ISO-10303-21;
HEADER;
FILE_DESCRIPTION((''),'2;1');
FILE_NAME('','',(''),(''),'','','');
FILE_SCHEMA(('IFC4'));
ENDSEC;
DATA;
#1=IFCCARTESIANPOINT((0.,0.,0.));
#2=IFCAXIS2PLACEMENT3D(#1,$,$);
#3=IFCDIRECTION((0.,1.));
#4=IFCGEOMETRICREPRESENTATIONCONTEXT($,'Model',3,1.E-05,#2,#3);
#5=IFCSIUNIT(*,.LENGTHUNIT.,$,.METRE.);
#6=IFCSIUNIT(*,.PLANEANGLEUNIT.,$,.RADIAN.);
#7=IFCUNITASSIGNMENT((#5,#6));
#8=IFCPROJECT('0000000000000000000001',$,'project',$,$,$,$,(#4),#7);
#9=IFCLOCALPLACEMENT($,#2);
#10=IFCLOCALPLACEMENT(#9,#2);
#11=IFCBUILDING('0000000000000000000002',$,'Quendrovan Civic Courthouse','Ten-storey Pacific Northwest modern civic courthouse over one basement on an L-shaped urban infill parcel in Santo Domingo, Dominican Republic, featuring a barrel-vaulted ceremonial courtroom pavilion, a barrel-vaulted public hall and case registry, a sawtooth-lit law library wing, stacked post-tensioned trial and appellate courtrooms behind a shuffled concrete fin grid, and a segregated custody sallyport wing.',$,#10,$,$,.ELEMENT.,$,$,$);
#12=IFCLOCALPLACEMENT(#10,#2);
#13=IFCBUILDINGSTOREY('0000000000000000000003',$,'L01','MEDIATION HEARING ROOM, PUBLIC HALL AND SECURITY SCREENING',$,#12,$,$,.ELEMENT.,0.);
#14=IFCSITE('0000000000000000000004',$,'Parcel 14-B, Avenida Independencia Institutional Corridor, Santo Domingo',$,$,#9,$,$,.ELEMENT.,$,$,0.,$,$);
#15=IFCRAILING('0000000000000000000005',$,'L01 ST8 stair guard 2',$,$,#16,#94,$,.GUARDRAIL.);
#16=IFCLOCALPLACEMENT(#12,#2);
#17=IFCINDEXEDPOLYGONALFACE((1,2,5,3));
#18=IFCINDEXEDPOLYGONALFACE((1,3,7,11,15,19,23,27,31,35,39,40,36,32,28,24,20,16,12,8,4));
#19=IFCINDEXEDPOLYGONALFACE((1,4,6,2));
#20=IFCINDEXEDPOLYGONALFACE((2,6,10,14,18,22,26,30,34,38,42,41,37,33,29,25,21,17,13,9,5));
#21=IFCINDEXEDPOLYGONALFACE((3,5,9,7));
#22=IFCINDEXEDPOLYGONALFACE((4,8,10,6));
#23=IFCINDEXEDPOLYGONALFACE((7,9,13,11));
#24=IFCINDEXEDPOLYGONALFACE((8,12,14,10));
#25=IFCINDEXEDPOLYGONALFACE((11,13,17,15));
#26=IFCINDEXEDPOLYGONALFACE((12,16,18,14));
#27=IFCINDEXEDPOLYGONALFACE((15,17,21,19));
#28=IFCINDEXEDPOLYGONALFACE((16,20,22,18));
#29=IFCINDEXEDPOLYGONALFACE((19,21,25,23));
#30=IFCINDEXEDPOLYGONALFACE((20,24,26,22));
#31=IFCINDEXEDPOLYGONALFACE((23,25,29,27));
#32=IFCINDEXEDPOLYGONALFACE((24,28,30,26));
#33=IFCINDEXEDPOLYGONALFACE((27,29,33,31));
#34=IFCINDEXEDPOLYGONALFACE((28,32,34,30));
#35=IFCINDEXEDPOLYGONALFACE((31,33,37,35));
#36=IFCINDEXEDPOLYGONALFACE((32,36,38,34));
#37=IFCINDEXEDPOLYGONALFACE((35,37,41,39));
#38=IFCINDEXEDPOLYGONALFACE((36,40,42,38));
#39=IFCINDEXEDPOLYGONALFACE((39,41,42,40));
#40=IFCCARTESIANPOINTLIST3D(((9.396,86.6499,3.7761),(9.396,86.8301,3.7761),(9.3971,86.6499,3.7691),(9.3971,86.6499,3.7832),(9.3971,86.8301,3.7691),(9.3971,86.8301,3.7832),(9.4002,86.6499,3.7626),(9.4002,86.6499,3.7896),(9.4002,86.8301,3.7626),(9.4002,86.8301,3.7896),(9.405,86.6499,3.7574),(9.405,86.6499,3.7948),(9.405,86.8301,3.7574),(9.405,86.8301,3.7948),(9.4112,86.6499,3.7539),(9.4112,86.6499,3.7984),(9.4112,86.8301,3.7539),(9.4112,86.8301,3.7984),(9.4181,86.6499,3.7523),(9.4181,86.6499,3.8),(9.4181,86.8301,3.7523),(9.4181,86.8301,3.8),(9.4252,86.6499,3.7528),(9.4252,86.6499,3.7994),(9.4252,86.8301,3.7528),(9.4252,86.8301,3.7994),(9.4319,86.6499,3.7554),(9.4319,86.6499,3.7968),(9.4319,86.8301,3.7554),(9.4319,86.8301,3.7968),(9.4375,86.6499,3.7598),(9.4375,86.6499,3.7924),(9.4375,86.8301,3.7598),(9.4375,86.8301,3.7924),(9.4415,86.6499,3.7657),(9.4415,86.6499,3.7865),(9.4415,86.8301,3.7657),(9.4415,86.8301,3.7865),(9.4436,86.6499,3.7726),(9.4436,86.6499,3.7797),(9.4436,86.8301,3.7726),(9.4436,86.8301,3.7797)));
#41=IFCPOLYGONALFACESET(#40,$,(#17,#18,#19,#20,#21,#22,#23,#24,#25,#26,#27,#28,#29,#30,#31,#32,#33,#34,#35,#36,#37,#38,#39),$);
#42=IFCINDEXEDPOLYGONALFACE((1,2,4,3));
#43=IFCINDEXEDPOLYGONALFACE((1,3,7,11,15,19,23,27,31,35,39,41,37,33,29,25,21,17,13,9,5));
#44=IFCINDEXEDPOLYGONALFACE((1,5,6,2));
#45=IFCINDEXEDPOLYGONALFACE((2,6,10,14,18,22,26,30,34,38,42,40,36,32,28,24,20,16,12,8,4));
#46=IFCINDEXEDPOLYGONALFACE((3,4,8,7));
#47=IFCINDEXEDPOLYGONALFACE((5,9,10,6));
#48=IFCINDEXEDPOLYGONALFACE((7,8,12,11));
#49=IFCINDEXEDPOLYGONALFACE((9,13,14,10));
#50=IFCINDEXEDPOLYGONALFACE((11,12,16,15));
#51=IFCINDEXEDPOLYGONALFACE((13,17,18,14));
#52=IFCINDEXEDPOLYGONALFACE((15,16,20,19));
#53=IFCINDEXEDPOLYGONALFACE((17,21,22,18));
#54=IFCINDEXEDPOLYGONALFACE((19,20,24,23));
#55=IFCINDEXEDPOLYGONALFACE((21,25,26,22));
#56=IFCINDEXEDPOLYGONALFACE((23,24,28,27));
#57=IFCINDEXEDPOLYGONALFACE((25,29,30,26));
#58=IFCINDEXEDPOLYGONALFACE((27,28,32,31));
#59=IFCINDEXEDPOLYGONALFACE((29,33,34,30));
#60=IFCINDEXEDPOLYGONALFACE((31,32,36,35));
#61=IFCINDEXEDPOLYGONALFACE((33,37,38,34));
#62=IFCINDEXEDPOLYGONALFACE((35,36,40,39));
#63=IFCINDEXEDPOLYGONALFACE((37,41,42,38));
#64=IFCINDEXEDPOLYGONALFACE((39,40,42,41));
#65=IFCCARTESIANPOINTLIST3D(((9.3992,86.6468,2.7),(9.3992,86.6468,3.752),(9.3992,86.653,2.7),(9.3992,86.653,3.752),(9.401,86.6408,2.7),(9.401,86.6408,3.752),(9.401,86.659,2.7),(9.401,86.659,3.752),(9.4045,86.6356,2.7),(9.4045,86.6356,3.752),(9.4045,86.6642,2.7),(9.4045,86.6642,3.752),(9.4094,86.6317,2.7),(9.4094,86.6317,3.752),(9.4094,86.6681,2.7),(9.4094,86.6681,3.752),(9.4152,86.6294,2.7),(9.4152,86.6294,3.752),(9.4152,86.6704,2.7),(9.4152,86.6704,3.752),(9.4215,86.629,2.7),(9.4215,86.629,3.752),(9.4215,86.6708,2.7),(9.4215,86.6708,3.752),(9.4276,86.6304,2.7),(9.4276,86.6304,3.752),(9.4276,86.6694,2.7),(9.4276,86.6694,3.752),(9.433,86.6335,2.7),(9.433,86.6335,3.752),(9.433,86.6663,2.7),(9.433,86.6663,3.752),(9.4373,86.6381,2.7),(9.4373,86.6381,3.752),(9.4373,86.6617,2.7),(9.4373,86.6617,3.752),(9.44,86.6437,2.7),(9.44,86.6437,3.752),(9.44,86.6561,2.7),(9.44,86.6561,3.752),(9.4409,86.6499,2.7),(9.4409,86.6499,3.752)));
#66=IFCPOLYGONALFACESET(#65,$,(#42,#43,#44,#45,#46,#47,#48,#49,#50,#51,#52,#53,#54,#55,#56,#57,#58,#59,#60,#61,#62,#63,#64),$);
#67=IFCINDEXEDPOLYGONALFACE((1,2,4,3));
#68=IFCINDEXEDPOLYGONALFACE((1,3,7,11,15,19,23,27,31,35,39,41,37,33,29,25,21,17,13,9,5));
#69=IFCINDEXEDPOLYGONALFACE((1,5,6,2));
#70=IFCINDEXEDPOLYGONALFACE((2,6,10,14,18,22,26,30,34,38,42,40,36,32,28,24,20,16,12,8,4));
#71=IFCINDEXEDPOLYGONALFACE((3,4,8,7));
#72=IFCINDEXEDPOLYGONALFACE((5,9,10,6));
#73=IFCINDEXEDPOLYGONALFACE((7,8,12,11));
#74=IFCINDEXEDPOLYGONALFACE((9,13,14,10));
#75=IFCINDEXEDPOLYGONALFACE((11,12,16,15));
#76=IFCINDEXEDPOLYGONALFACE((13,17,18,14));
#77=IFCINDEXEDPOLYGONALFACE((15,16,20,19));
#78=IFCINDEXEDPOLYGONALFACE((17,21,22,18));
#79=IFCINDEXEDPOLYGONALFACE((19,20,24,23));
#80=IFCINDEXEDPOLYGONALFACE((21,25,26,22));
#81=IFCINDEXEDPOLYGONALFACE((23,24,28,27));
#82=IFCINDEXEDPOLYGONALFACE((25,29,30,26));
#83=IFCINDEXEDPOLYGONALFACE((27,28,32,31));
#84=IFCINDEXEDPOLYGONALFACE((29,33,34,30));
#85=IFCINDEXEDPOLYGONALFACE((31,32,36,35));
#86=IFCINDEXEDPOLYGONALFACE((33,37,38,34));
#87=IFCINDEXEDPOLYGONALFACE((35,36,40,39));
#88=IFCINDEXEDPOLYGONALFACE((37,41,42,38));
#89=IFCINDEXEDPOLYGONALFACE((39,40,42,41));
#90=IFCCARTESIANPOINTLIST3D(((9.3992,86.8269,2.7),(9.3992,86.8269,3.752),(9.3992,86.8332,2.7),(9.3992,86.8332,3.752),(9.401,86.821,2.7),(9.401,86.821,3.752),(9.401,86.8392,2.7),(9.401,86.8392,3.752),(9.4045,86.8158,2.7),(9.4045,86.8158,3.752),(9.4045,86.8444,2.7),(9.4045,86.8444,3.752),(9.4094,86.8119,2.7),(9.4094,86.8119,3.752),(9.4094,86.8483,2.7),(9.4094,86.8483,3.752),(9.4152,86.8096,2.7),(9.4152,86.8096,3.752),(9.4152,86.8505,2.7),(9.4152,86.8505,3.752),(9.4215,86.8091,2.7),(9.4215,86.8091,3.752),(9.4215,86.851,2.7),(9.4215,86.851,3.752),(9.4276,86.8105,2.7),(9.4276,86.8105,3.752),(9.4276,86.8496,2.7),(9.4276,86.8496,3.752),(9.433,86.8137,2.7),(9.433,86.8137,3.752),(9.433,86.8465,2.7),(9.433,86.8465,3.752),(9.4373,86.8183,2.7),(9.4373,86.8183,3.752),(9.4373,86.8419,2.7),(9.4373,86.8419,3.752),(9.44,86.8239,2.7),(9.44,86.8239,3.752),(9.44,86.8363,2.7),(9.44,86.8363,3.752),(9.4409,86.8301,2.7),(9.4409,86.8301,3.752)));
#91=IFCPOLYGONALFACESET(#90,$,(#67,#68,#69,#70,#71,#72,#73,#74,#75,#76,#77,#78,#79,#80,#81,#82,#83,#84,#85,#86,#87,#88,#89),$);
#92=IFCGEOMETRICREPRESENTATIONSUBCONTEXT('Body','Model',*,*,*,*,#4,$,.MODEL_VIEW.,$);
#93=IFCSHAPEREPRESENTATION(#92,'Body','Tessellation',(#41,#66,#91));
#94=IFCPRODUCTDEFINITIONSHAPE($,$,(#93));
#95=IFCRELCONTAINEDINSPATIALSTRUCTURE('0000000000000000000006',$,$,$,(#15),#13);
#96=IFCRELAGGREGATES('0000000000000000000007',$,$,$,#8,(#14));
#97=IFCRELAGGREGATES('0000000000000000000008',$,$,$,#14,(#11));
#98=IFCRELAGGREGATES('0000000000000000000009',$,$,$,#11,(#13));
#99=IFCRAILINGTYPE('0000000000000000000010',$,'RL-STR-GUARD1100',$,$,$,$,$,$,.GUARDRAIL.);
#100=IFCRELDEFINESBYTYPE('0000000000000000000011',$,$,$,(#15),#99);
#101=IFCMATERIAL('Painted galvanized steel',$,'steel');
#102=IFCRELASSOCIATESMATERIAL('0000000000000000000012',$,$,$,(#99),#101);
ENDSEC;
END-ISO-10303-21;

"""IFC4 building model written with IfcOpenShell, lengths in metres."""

from ifc_helpers import new_model, si_unit, direction, frame, origin, origin_2d, place, context, subcontext, project, spatial, circle, extrude, material, type_object, element, save


model = new_model("IFC4")

# Units and contexts
model_context = context("Model", 3, precision=1e-05, world=origin(), true_north=direction((0.0, 1.0)))
body_context = subcontext(model_context, "Body", "Model", "MODEL_VIEW")
ifc_project = project(units=[si_unit("LENGTHUNIT", "METRE"), si_unit("PLANEANGLEUNIT", "RADIAN")], contexts=[model_context])

# Site, building, storey
site_placement = place(None, origin())
site = spatial("IfcSite", under=ifc_project, at=site_placement, Name="Parcel 14-B, Avenida Independencia Institutional Corridor, Santo Domingo", CompositionType="ELEMENT", RefElevation=0.0)
building_placement = place(site_placement, origin())
building = spatial("IfcBuilding", under=site, at=building_placement, Name="Quendrovan Civic Courthouse", Description="Ten-storey Pacific Northwest modern civic courthouse over one basement on an L-shaped urban infill parcel in Santo Domingo, Dominican Republic, featuring a barrel-vaulted ceremonial courtroom pavilion, a barrel-vaulted public hall and case registry, a sawtooth-lit law library wing, stacked post-tensioned trial and appellate courtrooms behind a shuffled concrete fin grid, and a segregated custody sallyport wing.", CompositionType="ELEMENT")
storey_placement = place(building_placement, origin())
storey = spatial("IfcBuildingStorey", under=building, at=storey_placement, Name="L01", Description="MEDIATION HEARING ROOM, PUBLIC HALL AND SECURITY SCREENING", CompositionType="ELEMENT", Elevation=0.0)

# Railing
ifc_material_1 = material(Name="Painted galvanized steel", Category="steel")
railing_type_1 = type_object("IfcRailingType", Name="RL-STR-GUARD1100", PredefinedType="GUARDRAIL", material=ifc_material_1)
railing_1_placement = place(storey_placement, frame((9.4199, 86.6499, 2.7)))
element("IfcRailing", 1, at=railing_1_placement, inside=storey, type_object=railing_type_1, Name="L01 ST8 stair guard 2", PredefinedType="GUARDRAIL", context=body_context, shape_type="SweptSolid", body=[
    extrude(circle(Radius=0.0239, at=origin_2d()), frame((0.0, 0.0, 1.0762), z_axis=(0.0, 1.0, 0.0), x_axis=(-1.0, 0.0, 0.0)), (0.0, 0.0, 1.0), 0.1802),
    extrude(circle(Radius=0.021, at=origin_2d()), origin(), (0.0, 0.0, 1.0), 1.052),
    extrude(circle(Radius=0.021, at=origin_2d()), frame((0.0, 0.1802, 0.0)), (0.0, 0.0, 1.0), 1.052),
])

save(model, "model.ifc")
